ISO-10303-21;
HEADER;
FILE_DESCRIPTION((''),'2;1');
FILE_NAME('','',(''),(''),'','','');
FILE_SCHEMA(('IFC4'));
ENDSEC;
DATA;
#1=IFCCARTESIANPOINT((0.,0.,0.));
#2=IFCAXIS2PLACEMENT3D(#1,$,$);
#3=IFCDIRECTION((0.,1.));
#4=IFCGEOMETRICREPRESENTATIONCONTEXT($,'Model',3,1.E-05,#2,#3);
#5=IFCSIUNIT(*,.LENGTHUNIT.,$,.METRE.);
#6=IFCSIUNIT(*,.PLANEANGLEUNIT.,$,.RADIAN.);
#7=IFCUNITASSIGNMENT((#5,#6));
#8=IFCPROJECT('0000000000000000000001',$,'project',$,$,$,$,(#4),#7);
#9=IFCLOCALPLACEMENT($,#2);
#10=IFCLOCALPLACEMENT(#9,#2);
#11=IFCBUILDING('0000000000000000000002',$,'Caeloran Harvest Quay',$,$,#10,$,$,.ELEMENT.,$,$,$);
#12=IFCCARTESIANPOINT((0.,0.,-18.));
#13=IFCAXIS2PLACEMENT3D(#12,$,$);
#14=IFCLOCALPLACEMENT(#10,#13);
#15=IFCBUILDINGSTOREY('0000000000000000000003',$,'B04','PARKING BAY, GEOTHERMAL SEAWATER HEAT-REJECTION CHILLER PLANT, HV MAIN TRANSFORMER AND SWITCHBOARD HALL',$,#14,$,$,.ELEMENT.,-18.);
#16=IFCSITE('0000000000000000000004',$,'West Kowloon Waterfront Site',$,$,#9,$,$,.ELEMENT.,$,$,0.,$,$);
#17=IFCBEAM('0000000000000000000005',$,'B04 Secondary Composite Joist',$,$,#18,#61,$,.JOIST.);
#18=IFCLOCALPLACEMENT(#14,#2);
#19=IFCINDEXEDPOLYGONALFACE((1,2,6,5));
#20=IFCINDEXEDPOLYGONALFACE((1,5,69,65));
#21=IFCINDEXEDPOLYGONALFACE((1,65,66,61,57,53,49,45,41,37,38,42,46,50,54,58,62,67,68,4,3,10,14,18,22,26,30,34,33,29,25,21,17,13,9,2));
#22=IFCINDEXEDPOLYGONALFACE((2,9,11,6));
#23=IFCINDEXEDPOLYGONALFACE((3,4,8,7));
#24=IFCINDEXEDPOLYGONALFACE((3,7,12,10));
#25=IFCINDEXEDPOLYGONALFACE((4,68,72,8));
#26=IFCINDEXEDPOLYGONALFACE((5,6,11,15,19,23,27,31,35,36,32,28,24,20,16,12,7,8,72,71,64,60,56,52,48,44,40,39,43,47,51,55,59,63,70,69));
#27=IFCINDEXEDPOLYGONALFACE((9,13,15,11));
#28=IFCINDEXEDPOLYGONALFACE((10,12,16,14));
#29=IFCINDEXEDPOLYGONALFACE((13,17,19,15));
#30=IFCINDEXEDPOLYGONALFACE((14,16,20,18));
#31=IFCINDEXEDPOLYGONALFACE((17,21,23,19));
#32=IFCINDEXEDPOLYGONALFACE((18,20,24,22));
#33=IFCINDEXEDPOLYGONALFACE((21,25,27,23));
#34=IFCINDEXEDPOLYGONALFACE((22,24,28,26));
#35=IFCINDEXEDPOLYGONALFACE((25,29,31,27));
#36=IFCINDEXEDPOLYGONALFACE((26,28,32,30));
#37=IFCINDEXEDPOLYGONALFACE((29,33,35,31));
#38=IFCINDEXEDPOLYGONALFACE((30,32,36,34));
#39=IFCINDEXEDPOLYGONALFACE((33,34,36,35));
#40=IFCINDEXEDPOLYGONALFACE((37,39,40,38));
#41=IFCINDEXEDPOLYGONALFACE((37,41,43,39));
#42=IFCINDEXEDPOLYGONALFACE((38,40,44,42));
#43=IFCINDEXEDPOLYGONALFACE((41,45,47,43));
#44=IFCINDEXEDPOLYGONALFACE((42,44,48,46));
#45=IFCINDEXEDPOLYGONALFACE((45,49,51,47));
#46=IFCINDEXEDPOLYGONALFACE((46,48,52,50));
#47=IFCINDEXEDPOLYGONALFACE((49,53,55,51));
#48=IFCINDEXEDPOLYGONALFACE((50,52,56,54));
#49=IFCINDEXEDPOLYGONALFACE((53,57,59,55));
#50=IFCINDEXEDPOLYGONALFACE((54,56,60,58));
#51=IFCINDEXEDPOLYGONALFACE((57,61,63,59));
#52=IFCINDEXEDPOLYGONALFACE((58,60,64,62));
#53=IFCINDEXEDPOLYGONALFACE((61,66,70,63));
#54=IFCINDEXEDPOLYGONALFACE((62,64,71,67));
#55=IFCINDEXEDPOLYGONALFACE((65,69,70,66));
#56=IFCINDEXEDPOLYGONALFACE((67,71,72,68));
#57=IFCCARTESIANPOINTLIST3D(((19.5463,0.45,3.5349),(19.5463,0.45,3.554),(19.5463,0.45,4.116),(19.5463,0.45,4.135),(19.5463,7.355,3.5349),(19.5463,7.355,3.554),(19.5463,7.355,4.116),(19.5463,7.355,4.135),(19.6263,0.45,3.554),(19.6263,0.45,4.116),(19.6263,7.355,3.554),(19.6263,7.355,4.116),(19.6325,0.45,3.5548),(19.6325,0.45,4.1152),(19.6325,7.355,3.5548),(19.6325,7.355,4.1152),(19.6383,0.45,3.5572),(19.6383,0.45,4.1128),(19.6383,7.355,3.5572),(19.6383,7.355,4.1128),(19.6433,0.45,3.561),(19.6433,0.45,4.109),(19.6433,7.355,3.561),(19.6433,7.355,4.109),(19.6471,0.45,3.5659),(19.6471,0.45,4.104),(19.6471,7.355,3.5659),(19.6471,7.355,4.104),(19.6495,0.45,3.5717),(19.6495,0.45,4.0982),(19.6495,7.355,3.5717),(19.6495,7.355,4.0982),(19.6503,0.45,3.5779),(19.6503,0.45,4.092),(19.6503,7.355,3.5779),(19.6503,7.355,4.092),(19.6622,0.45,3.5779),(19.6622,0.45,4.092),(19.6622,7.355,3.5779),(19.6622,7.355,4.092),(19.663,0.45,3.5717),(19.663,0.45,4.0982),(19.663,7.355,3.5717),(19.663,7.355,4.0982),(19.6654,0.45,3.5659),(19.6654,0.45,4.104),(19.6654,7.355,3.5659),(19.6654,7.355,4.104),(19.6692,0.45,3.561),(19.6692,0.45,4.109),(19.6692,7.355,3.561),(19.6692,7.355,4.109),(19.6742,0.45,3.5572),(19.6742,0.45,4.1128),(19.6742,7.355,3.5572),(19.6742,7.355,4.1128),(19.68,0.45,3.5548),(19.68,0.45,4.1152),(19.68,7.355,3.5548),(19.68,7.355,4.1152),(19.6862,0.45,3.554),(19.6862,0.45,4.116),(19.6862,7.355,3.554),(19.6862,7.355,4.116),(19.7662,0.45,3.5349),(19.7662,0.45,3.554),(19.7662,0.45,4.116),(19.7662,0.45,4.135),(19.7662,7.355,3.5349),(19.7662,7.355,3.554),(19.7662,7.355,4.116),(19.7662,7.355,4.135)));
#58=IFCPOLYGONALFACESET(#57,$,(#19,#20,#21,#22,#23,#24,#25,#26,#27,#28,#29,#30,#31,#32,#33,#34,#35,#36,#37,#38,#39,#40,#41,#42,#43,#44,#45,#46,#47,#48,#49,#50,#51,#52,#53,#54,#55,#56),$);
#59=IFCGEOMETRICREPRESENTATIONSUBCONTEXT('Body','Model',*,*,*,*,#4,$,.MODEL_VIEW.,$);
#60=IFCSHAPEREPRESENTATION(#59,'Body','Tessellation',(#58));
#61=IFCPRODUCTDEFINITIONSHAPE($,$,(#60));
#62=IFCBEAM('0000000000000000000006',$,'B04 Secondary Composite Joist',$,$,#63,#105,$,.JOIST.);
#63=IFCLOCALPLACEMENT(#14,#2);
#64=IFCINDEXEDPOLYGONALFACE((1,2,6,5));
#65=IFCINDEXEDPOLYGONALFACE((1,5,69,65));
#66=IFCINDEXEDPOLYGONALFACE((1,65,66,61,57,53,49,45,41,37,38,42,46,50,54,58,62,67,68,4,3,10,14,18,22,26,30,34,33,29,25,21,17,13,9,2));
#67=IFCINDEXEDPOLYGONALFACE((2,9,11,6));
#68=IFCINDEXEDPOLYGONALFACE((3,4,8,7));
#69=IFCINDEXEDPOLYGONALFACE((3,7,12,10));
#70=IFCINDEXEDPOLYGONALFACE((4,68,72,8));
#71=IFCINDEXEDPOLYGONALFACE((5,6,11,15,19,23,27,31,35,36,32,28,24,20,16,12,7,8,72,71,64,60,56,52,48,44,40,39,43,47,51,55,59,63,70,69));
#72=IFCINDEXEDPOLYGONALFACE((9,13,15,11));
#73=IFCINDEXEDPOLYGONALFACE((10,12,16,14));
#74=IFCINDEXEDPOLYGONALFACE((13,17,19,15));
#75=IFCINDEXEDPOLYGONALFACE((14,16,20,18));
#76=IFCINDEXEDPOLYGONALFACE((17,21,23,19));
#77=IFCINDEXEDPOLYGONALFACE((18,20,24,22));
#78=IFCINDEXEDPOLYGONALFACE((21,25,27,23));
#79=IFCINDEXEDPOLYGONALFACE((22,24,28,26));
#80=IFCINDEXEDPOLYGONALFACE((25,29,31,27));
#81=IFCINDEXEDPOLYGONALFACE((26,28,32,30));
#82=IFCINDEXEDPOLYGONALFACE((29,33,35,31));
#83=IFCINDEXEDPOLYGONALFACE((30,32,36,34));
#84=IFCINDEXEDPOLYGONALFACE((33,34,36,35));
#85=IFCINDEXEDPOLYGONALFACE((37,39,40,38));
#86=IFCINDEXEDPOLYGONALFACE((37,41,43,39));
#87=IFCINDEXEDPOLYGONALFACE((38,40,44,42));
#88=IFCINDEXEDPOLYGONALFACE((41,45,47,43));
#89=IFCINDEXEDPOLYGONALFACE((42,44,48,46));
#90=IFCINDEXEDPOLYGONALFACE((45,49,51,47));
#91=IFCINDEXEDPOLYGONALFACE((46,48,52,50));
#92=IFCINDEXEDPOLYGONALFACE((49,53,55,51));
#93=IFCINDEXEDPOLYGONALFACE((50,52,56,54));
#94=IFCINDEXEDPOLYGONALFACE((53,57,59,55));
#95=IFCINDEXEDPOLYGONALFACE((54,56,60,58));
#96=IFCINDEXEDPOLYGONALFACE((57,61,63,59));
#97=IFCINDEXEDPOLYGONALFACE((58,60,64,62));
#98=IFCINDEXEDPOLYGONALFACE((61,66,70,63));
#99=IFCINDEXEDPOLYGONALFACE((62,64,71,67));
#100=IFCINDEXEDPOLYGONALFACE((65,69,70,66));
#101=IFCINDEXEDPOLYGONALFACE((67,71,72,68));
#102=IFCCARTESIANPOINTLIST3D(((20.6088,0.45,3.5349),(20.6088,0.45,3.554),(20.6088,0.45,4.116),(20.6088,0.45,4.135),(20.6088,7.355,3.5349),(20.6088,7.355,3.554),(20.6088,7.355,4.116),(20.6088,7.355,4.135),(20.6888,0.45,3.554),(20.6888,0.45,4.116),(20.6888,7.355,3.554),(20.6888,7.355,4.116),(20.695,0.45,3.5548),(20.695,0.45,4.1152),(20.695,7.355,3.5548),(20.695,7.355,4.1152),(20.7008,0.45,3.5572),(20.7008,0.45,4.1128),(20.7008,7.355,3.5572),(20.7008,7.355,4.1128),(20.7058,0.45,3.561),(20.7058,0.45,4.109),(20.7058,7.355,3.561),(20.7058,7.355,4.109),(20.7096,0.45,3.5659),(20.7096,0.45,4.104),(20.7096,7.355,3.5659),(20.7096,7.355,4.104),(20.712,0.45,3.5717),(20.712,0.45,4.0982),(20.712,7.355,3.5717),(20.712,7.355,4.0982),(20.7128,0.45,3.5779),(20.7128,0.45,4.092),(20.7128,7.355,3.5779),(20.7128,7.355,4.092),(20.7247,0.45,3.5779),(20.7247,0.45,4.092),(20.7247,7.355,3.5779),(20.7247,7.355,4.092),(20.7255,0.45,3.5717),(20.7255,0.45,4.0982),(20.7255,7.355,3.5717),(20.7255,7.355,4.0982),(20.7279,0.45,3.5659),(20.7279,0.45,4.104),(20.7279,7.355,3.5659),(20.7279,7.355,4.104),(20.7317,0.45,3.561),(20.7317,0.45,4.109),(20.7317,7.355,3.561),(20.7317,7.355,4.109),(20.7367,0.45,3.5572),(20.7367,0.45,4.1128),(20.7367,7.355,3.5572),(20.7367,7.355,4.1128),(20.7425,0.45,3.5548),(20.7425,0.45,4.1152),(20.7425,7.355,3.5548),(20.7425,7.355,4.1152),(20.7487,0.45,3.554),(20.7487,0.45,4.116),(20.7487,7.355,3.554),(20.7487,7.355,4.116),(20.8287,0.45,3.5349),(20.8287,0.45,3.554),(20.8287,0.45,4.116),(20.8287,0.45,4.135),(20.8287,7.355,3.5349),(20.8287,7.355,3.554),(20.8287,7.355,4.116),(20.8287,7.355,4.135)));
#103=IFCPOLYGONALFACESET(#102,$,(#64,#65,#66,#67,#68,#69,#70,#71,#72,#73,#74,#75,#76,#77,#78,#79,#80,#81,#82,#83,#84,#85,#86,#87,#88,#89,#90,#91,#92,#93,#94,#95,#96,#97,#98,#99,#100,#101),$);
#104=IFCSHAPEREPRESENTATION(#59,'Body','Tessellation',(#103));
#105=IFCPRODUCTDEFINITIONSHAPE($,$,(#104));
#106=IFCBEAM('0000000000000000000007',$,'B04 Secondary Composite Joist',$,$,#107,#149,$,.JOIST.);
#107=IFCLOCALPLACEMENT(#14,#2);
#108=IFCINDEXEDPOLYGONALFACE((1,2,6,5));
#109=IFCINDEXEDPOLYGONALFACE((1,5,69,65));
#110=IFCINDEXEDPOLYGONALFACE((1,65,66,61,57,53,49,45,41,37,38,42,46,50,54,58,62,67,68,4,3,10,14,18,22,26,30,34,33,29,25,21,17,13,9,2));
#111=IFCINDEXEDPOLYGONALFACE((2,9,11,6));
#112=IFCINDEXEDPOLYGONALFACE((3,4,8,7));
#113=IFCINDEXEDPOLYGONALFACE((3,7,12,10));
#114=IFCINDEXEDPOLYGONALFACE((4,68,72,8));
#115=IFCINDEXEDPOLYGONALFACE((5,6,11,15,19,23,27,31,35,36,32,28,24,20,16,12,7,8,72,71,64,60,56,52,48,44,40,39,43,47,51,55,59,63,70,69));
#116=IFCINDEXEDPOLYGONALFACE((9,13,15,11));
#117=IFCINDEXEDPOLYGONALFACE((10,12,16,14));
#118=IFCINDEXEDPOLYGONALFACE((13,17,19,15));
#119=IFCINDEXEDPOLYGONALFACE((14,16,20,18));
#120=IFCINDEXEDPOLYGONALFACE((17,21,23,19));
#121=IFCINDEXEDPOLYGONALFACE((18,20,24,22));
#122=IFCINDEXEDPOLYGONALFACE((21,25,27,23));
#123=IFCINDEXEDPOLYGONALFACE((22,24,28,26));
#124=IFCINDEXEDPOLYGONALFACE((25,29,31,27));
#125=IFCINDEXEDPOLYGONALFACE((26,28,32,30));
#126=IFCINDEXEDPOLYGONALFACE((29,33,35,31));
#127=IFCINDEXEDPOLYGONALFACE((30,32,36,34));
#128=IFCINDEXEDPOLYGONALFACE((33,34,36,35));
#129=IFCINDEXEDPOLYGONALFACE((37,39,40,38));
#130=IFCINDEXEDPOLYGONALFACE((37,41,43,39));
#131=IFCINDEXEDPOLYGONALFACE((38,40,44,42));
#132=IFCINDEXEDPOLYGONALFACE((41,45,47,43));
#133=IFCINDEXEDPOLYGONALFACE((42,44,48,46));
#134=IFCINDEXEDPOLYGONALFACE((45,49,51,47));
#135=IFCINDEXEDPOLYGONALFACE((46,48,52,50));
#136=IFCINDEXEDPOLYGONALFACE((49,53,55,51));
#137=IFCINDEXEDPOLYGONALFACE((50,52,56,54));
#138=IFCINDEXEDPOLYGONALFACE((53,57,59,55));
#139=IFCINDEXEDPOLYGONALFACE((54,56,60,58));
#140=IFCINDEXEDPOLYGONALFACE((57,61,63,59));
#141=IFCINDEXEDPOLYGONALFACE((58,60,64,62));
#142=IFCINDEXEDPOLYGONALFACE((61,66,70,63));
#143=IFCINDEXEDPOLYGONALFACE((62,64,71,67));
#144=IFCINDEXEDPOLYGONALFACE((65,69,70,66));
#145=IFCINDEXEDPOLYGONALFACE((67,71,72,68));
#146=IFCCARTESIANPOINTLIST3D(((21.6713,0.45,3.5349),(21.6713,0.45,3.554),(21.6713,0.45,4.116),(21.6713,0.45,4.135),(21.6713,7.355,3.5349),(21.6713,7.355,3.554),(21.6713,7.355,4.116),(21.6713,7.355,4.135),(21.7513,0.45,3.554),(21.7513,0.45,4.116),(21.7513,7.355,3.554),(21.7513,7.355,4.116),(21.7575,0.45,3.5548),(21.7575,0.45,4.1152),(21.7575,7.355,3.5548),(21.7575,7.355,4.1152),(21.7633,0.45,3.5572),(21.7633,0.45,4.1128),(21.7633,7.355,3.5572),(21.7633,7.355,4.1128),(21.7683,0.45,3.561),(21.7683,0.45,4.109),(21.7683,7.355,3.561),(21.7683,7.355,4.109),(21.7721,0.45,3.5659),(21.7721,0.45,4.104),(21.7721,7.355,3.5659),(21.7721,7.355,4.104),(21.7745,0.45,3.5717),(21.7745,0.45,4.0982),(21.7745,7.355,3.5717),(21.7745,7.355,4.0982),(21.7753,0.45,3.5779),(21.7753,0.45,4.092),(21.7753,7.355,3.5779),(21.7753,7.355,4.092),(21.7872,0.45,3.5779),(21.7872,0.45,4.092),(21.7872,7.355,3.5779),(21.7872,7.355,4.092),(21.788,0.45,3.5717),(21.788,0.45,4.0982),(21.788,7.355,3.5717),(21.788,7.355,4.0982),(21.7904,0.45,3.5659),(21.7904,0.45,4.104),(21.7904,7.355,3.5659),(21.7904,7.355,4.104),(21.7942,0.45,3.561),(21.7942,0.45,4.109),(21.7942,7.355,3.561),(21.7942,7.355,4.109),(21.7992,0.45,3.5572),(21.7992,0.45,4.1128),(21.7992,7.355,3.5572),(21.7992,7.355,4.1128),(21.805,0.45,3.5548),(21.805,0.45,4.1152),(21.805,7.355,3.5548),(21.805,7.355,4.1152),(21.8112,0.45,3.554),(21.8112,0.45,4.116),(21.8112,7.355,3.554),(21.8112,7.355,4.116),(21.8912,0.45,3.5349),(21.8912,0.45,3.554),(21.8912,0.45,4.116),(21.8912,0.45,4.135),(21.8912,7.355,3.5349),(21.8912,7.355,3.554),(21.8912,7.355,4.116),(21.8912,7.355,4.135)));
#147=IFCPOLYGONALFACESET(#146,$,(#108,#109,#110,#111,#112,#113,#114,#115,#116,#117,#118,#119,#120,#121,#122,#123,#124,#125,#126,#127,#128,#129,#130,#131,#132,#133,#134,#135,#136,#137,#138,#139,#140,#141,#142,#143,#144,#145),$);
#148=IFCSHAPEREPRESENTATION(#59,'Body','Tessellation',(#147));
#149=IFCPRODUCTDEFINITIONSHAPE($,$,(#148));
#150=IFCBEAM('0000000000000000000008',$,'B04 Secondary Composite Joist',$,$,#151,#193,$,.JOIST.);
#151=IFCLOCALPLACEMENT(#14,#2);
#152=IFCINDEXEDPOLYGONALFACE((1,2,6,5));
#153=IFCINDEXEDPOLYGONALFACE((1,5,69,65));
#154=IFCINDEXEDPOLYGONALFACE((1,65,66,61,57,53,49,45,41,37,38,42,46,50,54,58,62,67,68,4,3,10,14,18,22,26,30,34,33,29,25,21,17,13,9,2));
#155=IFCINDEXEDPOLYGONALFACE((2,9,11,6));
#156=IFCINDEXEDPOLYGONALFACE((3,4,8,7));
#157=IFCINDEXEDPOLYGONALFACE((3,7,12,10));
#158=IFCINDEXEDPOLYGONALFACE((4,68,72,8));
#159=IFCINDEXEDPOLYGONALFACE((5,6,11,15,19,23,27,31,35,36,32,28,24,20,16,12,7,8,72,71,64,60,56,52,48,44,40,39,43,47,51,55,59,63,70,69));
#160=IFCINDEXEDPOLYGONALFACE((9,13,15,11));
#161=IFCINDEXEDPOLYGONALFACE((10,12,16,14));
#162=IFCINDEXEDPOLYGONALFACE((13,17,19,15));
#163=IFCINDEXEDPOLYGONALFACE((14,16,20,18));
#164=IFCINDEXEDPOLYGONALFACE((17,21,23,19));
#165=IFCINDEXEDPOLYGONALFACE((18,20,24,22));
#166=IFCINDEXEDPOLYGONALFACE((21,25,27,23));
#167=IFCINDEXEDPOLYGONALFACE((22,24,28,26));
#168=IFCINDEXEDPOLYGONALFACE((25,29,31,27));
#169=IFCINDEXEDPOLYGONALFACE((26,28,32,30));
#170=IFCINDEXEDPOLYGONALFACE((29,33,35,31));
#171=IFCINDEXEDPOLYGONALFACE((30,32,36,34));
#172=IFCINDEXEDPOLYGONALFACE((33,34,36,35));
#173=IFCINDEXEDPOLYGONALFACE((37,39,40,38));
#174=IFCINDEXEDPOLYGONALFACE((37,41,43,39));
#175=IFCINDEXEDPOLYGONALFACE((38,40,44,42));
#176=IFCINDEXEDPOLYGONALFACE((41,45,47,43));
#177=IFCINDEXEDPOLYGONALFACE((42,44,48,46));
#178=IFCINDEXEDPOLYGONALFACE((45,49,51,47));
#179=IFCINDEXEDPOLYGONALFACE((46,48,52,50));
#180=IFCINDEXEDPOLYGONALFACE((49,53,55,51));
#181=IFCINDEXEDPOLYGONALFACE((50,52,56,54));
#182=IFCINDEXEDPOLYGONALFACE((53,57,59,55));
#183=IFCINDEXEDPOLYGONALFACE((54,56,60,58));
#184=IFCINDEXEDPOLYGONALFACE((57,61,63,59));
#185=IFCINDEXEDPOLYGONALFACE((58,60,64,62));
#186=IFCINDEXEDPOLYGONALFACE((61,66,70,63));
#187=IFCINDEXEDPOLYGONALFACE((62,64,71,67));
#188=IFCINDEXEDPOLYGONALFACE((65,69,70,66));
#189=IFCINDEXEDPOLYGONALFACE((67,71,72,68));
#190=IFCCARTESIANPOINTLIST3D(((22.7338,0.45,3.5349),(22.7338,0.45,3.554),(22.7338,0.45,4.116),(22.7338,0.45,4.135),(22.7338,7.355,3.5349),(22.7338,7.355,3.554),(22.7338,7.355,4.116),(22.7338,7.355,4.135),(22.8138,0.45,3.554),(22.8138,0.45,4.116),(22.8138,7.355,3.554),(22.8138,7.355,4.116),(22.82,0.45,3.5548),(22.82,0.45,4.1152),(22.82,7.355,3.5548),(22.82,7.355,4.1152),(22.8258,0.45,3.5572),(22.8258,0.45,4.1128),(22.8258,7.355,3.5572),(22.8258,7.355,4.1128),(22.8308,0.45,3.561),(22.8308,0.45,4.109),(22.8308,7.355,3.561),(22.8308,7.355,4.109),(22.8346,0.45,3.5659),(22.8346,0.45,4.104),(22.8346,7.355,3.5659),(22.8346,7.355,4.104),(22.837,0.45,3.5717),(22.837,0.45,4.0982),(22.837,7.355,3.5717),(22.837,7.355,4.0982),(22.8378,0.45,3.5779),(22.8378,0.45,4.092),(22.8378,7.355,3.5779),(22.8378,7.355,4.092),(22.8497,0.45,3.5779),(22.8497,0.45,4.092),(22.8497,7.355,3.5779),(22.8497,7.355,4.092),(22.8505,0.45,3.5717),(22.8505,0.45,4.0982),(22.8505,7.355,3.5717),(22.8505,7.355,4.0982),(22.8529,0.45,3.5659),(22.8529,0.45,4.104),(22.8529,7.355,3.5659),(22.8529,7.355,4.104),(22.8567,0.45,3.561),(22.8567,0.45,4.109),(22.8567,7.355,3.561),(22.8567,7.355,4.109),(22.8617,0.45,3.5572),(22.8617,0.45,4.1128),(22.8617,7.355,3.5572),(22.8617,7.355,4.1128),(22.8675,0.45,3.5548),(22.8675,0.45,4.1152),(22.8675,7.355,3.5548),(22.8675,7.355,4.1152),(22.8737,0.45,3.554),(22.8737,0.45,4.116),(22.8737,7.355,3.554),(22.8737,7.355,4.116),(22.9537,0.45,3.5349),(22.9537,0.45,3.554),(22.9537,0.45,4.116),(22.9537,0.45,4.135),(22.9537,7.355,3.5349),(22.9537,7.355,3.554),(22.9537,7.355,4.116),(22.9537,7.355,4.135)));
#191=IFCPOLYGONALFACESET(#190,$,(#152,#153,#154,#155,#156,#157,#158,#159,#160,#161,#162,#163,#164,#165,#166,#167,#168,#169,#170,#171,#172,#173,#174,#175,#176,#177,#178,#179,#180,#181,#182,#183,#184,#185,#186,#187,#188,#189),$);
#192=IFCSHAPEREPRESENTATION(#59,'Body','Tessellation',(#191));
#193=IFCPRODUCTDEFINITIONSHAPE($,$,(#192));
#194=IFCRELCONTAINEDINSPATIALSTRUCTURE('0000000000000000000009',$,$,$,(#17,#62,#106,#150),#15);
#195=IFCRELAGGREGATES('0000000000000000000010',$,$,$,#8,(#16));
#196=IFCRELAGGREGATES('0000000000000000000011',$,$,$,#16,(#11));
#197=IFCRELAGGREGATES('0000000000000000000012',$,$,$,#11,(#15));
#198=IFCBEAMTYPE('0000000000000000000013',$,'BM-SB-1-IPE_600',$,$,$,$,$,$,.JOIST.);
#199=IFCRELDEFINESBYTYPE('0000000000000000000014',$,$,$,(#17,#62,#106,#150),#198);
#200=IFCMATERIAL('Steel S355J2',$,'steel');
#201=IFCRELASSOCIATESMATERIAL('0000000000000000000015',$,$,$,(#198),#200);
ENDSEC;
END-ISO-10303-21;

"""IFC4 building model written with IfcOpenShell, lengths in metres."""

from ifc_helpers import new_model, si_unit, direction, frame, origin, origin_2d, place, context, subcontext, project, spatial, i_section, extrude, material, material_profile, profile_set, type_object, element, save


model = new_model("IFC4")

# Units and contexts
model_context = context("Model", 3, precision=1e-05, world=origin(), true_north=direction((0.0, 1.0)))
body_context = subcontext(model_context, "Body", "Model", "MODEL_VIEW")
ifc_project = project(units=[si_unit("LENGTHUNIT", "METRE"), si_unit("PLANEANGLEUNIT", "RADIAN")], contexts=[model_context])

# Site, building, storey
site_placement = place(None, origin())
site = spatial("IfcSite", under=ifc_project, at=site_placement, Name="West Kowloon Waterfront Site", CompositionType="ELEMENT", RefElevation=0.0)
building_placement = place(site_placement, origin())
building = spatial("IfcBuilding", under=site, at=building_placement, Name="Caeloran Harvest Quay", CompositionType="ELEMENT")
storey_placement = place(building_placement, frame((0.0, 0.0, -18.0)))
storey = spatial("IfcBuildingStorey", under=building, at=storey_placement, Name="B04", Description="PARKING BAY, GEOTHERMAL SEAWATER HEAT-REJECTION CHILLER PLANT, HV MAIN TRANSFORMER AND SWITCHBOARD HALL", CompositionType="ELEMENT", Elevation=-18.0)

# Beams
ifc_material_1 = material(Name="Steel S355J2", Category="steel")
ifc_material_profile_1 = material_profile(ifc_material_1, i_section(OverallWidth=0.22, OverallDepth=0.6001, WebThickness=0.012, FlangeThickness=0.019, FilletRadius=0.0239, at=origin_2d()), Name="IPE 600")
ifc_profile_set_1 = profile_set([ifc_material_profile_1], Name="Steel S355J2")
beam_type_1 = type_object("IfcBeamType", Name="BM-SB-1-IPE_600", PredefinedType="JOIST", material=ifc_profile_set_1)
for number, where, z_axis, x_axis, name in (
    (1, (19.6562, 0.45, 3.835), (0.0, 1.0, 0.0), (-1.0, 0.0, 0.0), "B04 Secondary Composite Joist"),
    (2, (20.7188, 0.45, 3.835), (0.0, 1.0, 0.0), (-1.0, 0.0, 0.0), "B04 Secondary Composite Joist"),
    (3, (21.7812, 0.45, 3.835), (0.0, 1.0, 0.0), (-1.0, 0.0, 0.0), "B04 Secondary Composite Joist"),
    (4, (22.8438, 0.45, 3.835), (0.0, 1.0, 0.0), (-1.0, 0.0, 0.0), "B04 Secondary Composite Joist"),
):
    element("IfcBeam", number, at=place(storey_placement, frame(where, z_axis=z_axis, x_axis=x_axis)), inside=storey, type_object=beam_type_1, Name=name, PredefinedType="JOIST", context=body_context, shape_type="SweptSolid", body=[
        extrude(i_section(OverallWidth=0.22, OverallDepth=0.6001, WebThickness=0.012, FlangeThickness=0.019, FilletRadius=0.0239, at=origin_2d()), origin(), (0.0, 0.0, 1.0), 6.905),
    ])

save(model, "model.ifc")
